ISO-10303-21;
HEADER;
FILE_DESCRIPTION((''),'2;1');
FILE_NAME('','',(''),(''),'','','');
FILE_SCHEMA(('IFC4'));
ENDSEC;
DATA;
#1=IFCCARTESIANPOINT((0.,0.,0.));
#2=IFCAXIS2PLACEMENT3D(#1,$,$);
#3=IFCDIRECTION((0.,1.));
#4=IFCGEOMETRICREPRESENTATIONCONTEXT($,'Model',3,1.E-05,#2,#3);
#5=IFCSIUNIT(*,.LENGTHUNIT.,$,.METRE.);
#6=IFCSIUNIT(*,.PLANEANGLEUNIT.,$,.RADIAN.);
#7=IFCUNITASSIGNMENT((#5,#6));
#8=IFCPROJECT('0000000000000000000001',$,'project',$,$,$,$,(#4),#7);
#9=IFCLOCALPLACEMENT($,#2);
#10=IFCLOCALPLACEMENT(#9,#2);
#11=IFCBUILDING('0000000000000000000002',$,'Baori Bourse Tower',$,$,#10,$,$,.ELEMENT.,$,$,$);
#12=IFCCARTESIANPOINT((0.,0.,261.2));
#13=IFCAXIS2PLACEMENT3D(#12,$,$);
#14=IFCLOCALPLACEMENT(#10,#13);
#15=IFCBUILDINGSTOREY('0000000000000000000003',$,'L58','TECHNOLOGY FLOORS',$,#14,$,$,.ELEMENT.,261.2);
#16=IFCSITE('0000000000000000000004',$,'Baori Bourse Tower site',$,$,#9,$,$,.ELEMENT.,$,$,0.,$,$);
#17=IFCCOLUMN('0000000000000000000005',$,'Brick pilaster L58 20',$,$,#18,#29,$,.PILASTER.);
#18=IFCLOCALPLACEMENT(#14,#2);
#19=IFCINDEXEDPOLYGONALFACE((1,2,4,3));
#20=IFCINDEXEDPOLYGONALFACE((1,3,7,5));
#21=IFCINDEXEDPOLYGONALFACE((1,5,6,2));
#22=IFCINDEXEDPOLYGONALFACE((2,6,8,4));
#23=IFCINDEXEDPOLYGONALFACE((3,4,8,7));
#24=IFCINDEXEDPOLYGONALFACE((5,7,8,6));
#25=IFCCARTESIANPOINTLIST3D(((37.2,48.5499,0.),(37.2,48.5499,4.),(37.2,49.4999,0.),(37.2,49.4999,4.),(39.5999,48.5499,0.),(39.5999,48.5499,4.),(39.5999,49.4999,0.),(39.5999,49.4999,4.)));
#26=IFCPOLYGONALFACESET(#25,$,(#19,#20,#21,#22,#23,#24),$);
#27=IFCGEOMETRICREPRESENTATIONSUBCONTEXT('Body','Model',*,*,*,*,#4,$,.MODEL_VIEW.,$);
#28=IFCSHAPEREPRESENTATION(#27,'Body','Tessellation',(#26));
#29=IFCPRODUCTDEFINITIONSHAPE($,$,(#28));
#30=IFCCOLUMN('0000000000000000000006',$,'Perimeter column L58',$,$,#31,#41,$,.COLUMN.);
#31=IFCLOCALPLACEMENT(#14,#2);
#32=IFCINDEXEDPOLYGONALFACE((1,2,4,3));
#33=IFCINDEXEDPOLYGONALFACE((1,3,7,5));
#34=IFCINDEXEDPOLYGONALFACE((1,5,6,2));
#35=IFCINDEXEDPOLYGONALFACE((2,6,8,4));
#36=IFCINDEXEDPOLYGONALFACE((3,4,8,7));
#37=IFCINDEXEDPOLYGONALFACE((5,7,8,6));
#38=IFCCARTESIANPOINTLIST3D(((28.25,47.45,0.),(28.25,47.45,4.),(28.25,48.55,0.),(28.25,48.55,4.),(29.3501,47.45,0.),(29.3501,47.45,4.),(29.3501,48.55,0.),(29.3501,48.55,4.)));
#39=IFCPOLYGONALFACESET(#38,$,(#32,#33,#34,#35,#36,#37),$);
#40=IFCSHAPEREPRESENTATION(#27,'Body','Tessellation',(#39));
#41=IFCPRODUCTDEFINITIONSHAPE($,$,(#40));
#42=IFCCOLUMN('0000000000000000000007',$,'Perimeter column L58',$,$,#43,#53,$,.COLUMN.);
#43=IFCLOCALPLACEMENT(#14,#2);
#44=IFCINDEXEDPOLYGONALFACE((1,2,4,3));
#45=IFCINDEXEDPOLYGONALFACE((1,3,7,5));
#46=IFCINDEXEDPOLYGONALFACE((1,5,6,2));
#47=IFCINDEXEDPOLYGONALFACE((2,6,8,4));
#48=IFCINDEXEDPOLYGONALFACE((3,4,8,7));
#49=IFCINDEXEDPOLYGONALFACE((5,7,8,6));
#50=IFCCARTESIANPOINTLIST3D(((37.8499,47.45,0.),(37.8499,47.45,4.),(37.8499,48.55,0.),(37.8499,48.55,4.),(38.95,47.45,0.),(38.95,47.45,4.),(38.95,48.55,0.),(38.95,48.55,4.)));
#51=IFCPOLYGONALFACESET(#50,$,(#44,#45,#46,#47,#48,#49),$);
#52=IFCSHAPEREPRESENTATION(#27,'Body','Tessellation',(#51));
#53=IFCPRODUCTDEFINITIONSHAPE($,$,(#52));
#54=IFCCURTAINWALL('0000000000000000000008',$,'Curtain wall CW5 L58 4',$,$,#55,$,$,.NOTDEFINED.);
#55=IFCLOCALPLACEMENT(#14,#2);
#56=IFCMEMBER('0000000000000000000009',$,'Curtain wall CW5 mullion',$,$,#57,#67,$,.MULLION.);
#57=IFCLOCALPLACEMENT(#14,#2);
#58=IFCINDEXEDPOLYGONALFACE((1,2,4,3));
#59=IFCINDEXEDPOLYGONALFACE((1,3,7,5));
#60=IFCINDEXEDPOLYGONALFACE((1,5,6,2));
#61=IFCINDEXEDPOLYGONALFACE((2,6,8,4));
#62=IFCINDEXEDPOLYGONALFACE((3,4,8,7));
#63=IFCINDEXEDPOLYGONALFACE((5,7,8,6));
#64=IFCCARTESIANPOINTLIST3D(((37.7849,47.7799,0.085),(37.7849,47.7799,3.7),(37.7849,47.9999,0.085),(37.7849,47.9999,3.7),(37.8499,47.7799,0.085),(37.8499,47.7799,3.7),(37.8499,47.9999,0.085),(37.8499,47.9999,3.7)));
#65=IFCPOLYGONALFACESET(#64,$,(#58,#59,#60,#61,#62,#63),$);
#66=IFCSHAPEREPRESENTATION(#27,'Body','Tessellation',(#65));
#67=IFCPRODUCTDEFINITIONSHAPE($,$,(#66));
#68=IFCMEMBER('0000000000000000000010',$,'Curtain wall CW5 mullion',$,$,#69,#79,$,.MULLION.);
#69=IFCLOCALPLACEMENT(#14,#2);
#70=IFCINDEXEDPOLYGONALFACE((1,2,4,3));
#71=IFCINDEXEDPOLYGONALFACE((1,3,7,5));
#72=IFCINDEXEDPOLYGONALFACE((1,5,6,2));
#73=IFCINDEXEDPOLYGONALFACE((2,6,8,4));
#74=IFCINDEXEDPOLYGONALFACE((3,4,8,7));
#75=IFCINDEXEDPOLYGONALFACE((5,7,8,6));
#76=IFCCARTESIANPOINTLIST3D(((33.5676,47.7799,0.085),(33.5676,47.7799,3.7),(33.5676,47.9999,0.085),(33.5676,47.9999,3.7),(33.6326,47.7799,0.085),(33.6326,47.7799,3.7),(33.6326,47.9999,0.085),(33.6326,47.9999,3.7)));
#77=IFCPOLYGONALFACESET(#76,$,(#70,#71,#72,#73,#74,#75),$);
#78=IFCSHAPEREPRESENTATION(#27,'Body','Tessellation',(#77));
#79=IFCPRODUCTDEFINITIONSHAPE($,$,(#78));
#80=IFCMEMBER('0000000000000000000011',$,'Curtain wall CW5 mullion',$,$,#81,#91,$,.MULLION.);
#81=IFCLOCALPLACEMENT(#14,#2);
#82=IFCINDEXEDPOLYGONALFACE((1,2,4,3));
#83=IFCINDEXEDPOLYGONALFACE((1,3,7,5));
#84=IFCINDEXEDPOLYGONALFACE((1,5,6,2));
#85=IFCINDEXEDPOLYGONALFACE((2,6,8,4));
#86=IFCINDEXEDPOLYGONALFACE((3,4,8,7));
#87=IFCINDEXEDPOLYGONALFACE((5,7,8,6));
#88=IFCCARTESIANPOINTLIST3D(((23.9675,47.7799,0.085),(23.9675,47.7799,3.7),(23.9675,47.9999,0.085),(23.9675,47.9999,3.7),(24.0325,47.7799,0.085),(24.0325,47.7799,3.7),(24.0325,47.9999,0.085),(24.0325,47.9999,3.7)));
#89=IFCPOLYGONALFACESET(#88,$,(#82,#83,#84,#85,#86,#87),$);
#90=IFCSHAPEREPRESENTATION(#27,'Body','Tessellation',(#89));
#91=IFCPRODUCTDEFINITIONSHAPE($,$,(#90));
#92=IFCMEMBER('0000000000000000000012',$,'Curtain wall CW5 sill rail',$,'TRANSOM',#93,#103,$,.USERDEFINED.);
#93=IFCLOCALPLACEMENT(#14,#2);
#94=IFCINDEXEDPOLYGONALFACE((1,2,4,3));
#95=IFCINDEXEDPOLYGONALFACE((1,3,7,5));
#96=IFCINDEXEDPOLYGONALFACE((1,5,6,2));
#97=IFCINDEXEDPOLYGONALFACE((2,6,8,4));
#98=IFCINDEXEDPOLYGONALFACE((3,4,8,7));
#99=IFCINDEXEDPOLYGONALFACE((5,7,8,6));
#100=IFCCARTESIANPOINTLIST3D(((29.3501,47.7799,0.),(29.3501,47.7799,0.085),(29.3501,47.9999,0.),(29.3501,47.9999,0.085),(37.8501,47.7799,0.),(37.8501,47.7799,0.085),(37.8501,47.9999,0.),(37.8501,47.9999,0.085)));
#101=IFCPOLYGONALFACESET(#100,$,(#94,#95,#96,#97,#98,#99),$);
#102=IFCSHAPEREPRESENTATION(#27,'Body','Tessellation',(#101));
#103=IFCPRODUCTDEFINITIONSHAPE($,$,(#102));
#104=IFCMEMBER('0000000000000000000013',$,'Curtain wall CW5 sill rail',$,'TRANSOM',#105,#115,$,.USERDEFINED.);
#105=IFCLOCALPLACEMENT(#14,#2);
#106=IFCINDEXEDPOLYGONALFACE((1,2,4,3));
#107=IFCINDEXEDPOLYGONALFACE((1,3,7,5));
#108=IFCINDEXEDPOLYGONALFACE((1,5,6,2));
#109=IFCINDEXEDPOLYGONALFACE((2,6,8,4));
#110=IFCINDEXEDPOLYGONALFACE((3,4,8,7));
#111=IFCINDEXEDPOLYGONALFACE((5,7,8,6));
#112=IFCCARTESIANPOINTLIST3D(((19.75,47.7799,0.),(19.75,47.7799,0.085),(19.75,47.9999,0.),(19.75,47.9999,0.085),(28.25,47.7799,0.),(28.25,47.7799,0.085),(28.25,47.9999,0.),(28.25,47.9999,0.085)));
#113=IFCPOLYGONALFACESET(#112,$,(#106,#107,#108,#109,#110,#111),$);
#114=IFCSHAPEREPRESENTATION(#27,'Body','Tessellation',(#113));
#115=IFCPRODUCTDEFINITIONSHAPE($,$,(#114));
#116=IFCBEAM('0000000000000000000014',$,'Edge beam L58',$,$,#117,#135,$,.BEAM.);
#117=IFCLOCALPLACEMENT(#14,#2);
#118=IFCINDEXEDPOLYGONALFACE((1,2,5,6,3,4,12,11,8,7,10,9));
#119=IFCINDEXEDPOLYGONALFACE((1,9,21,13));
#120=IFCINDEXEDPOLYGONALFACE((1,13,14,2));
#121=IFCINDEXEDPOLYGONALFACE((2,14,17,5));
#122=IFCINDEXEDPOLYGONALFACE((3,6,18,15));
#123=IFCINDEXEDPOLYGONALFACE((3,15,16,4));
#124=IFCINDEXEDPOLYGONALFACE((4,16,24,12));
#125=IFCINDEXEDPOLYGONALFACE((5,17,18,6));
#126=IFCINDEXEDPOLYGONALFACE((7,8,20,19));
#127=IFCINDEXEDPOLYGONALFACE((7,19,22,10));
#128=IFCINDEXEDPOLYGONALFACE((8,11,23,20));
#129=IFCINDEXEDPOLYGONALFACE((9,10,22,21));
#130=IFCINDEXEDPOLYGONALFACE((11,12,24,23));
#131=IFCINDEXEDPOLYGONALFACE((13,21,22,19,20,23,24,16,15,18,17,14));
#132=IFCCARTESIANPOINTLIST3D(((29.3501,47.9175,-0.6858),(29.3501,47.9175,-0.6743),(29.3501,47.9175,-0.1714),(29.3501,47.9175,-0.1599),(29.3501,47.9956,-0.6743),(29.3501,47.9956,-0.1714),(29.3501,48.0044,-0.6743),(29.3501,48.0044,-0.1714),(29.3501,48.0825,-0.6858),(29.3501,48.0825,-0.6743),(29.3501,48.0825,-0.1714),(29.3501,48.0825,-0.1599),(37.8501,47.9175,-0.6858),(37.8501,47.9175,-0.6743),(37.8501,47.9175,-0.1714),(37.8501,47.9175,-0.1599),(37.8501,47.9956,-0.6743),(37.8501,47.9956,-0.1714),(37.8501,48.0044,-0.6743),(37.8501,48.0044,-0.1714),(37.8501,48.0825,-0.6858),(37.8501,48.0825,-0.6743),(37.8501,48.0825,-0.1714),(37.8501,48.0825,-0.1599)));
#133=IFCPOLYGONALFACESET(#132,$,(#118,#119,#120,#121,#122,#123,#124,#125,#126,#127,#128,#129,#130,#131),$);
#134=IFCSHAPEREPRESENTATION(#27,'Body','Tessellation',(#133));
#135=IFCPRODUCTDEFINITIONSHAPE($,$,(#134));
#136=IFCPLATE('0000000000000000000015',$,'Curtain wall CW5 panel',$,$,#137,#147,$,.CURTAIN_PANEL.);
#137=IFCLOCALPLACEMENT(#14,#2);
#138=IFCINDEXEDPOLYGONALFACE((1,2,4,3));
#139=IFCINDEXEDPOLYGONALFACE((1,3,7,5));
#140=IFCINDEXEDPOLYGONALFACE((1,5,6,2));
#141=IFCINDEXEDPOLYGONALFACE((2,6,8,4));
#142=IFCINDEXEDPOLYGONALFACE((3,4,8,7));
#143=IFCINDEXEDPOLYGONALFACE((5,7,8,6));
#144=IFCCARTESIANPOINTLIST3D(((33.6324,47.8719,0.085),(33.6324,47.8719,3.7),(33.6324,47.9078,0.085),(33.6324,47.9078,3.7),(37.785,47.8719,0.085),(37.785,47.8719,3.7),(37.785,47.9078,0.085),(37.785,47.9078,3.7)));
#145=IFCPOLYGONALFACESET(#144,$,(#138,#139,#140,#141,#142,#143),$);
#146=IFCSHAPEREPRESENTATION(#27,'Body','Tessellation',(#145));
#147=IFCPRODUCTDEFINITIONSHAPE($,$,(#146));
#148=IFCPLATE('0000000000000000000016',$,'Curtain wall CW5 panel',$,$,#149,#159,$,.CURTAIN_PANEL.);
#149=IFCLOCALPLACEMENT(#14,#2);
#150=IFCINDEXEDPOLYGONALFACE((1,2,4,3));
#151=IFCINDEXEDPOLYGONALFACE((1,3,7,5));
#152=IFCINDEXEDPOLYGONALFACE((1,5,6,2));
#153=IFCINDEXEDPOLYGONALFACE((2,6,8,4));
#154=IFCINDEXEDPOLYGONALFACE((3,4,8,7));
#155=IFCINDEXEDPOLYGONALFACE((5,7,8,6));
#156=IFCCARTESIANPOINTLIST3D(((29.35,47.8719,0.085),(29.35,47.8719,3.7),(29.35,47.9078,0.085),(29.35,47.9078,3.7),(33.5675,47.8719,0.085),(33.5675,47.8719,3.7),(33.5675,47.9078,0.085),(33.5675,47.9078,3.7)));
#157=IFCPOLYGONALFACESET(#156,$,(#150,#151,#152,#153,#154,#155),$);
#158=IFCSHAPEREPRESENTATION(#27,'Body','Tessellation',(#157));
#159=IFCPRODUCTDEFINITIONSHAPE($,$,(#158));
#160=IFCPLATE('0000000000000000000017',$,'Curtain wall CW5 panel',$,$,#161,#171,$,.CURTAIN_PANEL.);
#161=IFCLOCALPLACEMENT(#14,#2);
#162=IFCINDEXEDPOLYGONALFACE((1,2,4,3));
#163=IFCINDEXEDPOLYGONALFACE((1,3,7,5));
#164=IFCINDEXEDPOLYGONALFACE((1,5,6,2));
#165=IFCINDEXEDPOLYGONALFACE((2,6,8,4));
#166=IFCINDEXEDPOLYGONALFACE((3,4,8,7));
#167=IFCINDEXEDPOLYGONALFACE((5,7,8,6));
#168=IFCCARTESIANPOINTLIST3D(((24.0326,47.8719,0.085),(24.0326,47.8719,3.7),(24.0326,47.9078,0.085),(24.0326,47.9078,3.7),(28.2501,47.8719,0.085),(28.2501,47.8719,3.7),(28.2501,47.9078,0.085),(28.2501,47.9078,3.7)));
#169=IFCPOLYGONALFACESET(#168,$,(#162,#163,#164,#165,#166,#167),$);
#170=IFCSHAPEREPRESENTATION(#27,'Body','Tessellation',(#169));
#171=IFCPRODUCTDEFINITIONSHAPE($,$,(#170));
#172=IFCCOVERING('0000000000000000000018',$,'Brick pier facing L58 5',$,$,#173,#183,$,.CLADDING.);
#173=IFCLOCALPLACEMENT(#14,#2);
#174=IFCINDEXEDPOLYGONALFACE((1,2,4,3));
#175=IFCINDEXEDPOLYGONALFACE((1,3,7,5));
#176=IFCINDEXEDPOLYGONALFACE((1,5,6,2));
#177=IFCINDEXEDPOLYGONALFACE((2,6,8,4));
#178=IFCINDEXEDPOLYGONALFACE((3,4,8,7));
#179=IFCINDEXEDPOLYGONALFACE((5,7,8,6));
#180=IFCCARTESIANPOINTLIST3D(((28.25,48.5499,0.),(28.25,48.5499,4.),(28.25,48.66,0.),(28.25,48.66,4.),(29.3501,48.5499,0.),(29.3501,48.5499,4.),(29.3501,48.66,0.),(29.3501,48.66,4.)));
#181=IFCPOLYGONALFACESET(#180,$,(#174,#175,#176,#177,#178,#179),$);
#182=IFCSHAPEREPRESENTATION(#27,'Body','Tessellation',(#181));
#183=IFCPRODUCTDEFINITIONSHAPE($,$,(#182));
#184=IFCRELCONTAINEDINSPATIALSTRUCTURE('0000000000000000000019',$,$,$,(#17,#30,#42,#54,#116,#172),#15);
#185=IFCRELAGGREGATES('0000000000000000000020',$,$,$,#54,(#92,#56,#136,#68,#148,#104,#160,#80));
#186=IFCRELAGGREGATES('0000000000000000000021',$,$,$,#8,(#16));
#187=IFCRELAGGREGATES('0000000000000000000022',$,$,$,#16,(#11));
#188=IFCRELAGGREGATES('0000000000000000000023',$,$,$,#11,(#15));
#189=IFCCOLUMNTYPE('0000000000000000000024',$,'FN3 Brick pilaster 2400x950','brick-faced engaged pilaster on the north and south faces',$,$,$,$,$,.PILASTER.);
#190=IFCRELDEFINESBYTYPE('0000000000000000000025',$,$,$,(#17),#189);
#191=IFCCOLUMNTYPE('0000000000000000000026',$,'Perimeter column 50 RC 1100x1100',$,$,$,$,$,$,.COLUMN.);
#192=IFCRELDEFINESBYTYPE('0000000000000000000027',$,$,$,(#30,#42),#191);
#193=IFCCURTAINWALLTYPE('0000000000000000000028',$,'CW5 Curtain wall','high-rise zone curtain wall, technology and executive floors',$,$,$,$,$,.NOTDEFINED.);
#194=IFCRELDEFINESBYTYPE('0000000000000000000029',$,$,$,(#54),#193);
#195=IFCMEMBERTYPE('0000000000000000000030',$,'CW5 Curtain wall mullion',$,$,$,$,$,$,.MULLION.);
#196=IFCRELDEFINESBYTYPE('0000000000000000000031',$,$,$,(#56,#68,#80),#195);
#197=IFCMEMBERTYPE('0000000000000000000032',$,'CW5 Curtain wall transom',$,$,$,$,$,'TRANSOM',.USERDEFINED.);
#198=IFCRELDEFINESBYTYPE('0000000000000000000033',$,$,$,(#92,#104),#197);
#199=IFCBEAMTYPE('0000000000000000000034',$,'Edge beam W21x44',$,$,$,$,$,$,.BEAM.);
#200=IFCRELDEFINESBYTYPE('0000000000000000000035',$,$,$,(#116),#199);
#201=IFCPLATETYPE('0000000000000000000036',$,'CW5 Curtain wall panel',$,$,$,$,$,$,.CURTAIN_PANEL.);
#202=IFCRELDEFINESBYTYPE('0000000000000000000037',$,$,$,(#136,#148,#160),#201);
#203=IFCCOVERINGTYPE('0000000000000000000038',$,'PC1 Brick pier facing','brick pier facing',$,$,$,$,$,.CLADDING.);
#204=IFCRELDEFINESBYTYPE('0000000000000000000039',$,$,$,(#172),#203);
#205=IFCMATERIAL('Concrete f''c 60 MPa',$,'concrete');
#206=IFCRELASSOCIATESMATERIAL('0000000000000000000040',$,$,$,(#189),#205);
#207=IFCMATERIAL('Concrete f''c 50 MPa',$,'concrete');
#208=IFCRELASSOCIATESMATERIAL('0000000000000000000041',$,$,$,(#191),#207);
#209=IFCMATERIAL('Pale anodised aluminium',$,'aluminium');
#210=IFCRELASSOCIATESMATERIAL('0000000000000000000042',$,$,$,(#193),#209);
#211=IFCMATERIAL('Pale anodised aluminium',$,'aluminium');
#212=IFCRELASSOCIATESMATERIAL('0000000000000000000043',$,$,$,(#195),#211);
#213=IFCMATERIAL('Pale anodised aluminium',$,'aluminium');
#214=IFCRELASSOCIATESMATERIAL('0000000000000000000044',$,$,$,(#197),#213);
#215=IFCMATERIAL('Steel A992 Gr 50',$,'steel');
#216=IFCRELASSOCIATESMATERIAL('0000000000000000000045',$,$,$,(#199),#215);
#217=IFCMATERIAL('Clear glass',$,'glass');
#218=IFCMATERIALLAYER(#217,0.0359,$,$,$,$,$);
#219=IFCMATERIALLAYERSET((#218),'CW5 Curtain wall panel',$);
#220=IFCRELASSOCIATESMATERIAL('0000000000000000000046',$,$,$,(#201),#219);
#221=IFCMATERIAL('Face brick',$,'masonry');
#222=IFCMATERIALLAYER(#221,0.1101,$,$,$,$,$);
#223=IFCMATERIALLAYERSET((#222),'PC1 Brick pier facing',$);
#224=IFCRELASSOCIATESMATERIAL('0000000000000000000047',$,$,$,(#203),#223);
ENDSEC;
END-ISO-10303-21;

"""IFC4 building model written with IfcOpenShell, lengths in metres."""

from ifc_helpers import new_model, si_unit, direction, frame, origin, origin_2d, place, context, subcontext, project, spatial, rectangle, i_section, extrude, material, layer, layer_set, material_profile, profile_set, type_object, element, aggregate, save


model = new_model("IFC4")

# Units and contexts
model_context = context("Model", 3, precision=1e-05, world=origin(), true_north=direction((0.0, 1.0)))
body_context = subcontext(model_context, "Body", "Model", "MODEL_VIEW")
ifc_project = project(units=[si_unit("LENGTHUNIT", "METRE"), si_unit("PLANEANGLEUNIT", "RADIAN")], contexts=[model_context])

# Site, building, storey
site_placement = place(None, origin())
site = spatial("IfcSite", under=ifc_project, at=site_placement, Name="Baori Bourse Tower site", CompositionType="ELEMENT", RefElevation=0.0)
building_placement = place(site_placement, origin())
building = spatial("IfcBuilding", under=site, at=building_placement, Name="Baori Bourse Tower", CompositionType="ELEMENT")
storey_placement = place(building_placement, frame((0.0, 0.0, 261.2)))
storey = spatial("IfcBuildingStorey", under=building, at=storey_placement, Name="L58", Description="TECHNOLOGY FLOORS", CompositionType="ELEMENT", Elevation=261.2)

# Columns
ifc_material_1 = material(Name="Concrete f'c 60 MPa", Category="concrete")
ifc_material_profile_1 = material_profile(ifc_material_1, rectangle(XDim=2.3999, YDim=0.95, at=origin_2d()), Name="RC 2400x950")
ifc_profile_set_1 = profile_set([ifc_material_profile_1], Name="Concrete f'c 60 MPa")
column_type_1 = type_object("IfcColumnType", Name="FN3 Brick pilaster 2400x950", Description="brick-faced engaged pilaster on the north and south faces", PredefinedType="PILASTER", material=ifc_profile_set_1)
column_placement = place(storey_placement, frame((38.3999, 49.0249, 0.0), z_axis=(0.0, 0.0, 1.0), x_axis=(1.0, 0.0, 0.0)))
element("IfcColumn", 1, at=column_placement, inside=storey, type_object=column_type_1, Name="Brick pilaster L58 20", PredefinedType="PILASTER", context=body_context, shape_type="SweptSolid", body=[
    extrude(rectangle(XDim=2.3999, YDim=0.95, at=origin_2d()), origin(), (0.0, 0.0, 1.0), 4.0),
])
ifc_material_2 = material(Name="Concrete f'c 50 MPa", Category="concrete")
ifc_material_profile_2 = material_profile(ifc_material_2, rectangle(XDim=1.1001, YDim=1.1001, at=origin_2d()), Name="RC 1100x1100")
ifc_profile_set_2 = profile_set([ifc_material_profile_2], Name="Concrete f'c 50 MPa")
column_type_2 = type_object("IfcColumnType", Name="Perimeter column 50 RC 1100x1100", PredefinedType="COLUMN", material=ifc_profile_set_2)
for number, where, z_axis, x_axis, name in (
    (2, (28.8, 48.0, 0.0), (0.0, 0.0, 1.0), (1.0, 0.0, 0.0), "Perimeter column L58"),
    (3, (38.3999, 48.0, 0.0), (0.0, 0.0, 1.0), (1.0, 0.0, 0.0), "Perimeter column L58"),
):
    element("IfcColumn", number, at=place(storey_placement, frame(where, z_axis=z_axis, x_axis=x_axis)), inside=storey, type_object=column_type_2, Name=name, PredefinedType="COLUMN", context=body_context, shape_type="SweptSolid", body=[
        extrude(rectangle(XDim=1.1001, YDim=1.1001, at=origin_2d()), origin(), (0.0, 0.0, 1.0), 4.0),
    ])

# Curtain wall, members
ifc_material_3 = material(Name="Pale anodised aluminium", Category="aluminium")
curtain_wall_type = type_object("IfcCurtainWallType", Name="CW5 Curtain wall", Description="high-rise zone curtain wall, technology and executive floors", PredefinedType="NOTDEFINED", material=ifc_material_3)
curtain_wall_placement = place(storey_placement, origin())
curtain_wall = element("IfcCurtainWall", 4, at=curtain_wall_placement, inside=storey, type_object=curtain_wall_type, Name="Curtain wall CW5 L58 4", PredefinedType="NOTDEFINED")
ifc_material_4 = material(Name="Pale anodised aluminium", Category="aluminium")
ifc_material_profile_3 = material_profile(ifc_material_4, rectangle(XDim=0.22, YDim=0.0649, at=origin_2d()), Name="Mullion 65x220")
ifc_profile_set_3 = profile_set([ifc_material_profile_3], Name="Pale anodised aluminium")
member_type_1 = type_object("IfcMemberType", Name="CW5 Curtain wall mullion", PredefinedType="MULLION", material=ifc_profile_set_3)
member_1_placement = place(storey_placement, frame((37.8174, 47.8899, 0.085), z_axis=(0.0, 0.0, 1.0), x_axis=(0.0, -1.0, 0.0)))
member_1 = element("IfcMember", 5, at=member_1_placement, type_object=member_type_1, Name="Curtain wall CW5 mullion", PredefinedType="MULLION", context=body_context, shape_type="SweptSolid", body=[
    extrude(rectangle(XDim=0.22, YDim=0.0649, at=origin_2d()), origin(), (0.0, 0.0, 1.0), 3.615),
])
member_2_placement = place(storey_placement, frame((33.6001, 47.8899, 0.085), z_axis=(0.0, 0.0, 1.0), x_axis=(0.0, -1.0, 0.0)))
member_2 = element("IfcMember", 6, at=member_2_placement, type_object=member_type_1, Name="Curtain wall CW5 mullion", PredefinedType="MULLION", context=body_context, shape_type="SweptSolid", body=[
    extrude(rectangle(XDim=0.22, YDim=0.0649, at=origin_2d()), origin(), (0.0, 0.0, 1.0), 3.615),
])
member_3_placement = place(storey_placement, frame((24.0, 47.8899, 0.085), z_axis=(0.0, 0.0, 1.0), x_axis=(0.0, -1.0, 0.0)))
member_3 = element("IfcMember", 7, at=member_3_placement, type_object=member_type_1, Name="Curtain wall CW5 mullion", PredefinedType="MULLION", context=body_context, shape_type="SweptSolid", body=[
    extrude(rectangle(XDim=0.22, YDim=0.0649, at=origin_2d()), origin(), (0.0, 0.0, 1.0), 3.615),
])
ifc_material_5 = material(Name="Pale anodised aluminium", Category="aluminium")
ifc_material_profile_4 = material_profile(ifc_material_5, rectangle(XDim=0.22, YDim=0.085, at=origin_2d()), Name="Transom 85x220")
ifc_profile_set_4 = profile_set([ifc_material_profile_4], Name="Pale anodised aluminium")
member_type_2 = type_object("IfcMemberType", Name="CW5 Curtain wall transom", ElementType="TRANSOM", PredefinedType="USERDEFINED", material=ifc_profile_set_4)
member_4_placement = place(storey_placement, frame((37.8501, 47.8899, 0.0425), z_axis=(-1.0, 0.0, 0.0), x_axis=(0.0, -1.0, 0.0)))
member_4 = element("IfcMember", 8, at=member_4_placement, type_object=member_type_2, Name="Curtain wall CW5 sill rail", ObjectType="TRANSOM", PredefinedType="USERDEFINED", context=body_context, shape_type="SweptSolid", body=[
    extrude(rectangle(XDim=0.22, YDim=0.085, at=origin_2d()), origin(), (0.0, 0.0, 1.0), 8.5),
])
member_5_placement = place(storey_placement, frame((28.25, 47.8899, 0.0425), z_axis=(-1.0, 0.0, 0.0), x_axis=(0.0, -1.0, 0.0)))
member_5 = element("IfcMember", 9, at=member_5_placement, type_object=member_type_2, Name="Curtain wall CW5 sill rail", ObjectType="TRANSOM", PredefinedType="USERDEFINED", context=body_context, shape_type="SweptSolid", body=[
    extrude(rectangle(XDim=0.22, YDim=0.085, at=origin_2d()), origin(), (0.0, 0.0, 1.0), 8.5),
])

# Beam
ifc_material_6 = material(Name="Steel A992 Gr 50", Category="steel")
ifc_material_profile_5 = material_profile(ifc_material_6, i_section(OverallWidth=0.165, OverallDepth=0.5259, WebThickness=0.0088, FlangeThickness=0.0115, at=origin_2d()), Name="W21x44")
ifc_profile_set_5 = profile_set([ifc_material_profile_5], Name="Steel A992 Gr 50")
beam_type = type_object("IfcBeamType", Name="Edge beam W21x44", PredefinedType="BEAM", material=ifc_profile_set_5)
beam_placement = place(storey_placement, frame((29.3501, 48.0, -0.4229), z_axis=(1.0, 0.0, 0.0), x_axis=(0.0, 1.0, 0.0)))
element("IfcBeam", 10, at=beam_placement, inside=storey, type_object=beam_type, Name="Edge beam L58", PredefinedType="BEAM", context=body_context, shape_type="SweptSolid", body=[
    extrude(i_section(OverallWidth=0.165, OverallDepth=0.5259, WebThickness=0.0088, FlangeThickness=0.0115, at=origin_2d()), origin(), (0.0, 0.0, 1.0), 8.5),
])

# Plates
ifc_material_7 = material(Name="Clear glass", Category="glass")
ifc_layer_1 = layer(ifc_material_7, 0.0359)
ifc_layer_set_1 = layer_set([ifc_layer_1], Name="CW5 Curtain wall panel")
plate_type = type_object("IfcPlateType", Name="CW5 Curtain wall panel", PredefinedType="CURTAIN_PANEL", material=ifc_layer_set_1)
plate_1_placement = place(storey_placement, frame((35.7087, 47.8899, 0.085), z_axis=(0.0, 0.0, 1.0), x_axis=(-1.0, 0.0, 0.0)))
plate_1 = element("IfcPlate", 11, at=plate_1_placement, type_object=plate_type, Name="Curtain wall CW5 panel", PredefinedType="CURTAIN_PANEL", context=body_context, shape_type="SweptSolid", body=[
    extrude(rectangle(XDim=4.1526, YDim=0.0359, at=origin_2d()), origin(), (0.0, 0.0, 1.0), 3.615),
])
plate_2_placement = place(storey_placement, frame((31.4587, 47.8899, 0.085), z_axis=(0.0, 0.0, 1.0), x_axis=(-1.0, 0.0, 0.0)))
plate_2 = element("IfcPlate", 12, at=plate_2_placement, type_object=plate_type, Name="Curtain wall CW5 panel", PredefinedType="CURTAIN_PANEL", context=body_context, shape_type="SweptSolid", body=[
    extrude(rectangle(XDim=4.2175, YDim=0.0359, at=origin_2d()), origin(), (0.0, 0.0, 1.0), 3.615),
])
plate_3_placement = place(storey_placement, frame((26.1414, 47.8899, 0.085), z_axis=(0.0, 0.0, 1.0), x_axis=(-1.0, 0.0, 0.0)))
plate_3 = element("IfcPlate", 13, at=plate_3_placement, type_object=plate_type, Name="Curtain wall CW5 panel", PredefinedType="CURTAIN_PANEL", context=body_context, shape_type="SweptSolid", body=[
    extrude(rectangle(XDim=4.2175, YDim=0.0359, at=origin_2d()), origin(), (0.0, 0.0, 1.0), 3.615),
])
aggregate(curtain_wall, [member_4, member_1, plate_1, member_2, plate_2, member_5, plate_3, member_3])

# Covering
ifc_material_8 = material(Name="Face brick", Category="masonry")
ifc_layer_2 = layer(ifc_material_8, 0.1101)
ifc_layer_set_2 = layer_set([ifc_layer_2], Name="PC1 Brick pier facing")
covering_type = type_object("IfcCoveringType", Name="PC1 Brick pier facing", Description="brick pier facing", PredefinedType="CLADDING", material=ifc_layer_set_2)
covering_placement = place(storey_placement, frame((28.8, 48.605, 0.0), z_axis=(0.0, 0.0, 1.0), x_axis=(1.0, 0.0, 0.0)))
element("IfcCovering", 14, at=covering_placement, inside=storey, type_object=covering_type, Name="Brick pier facing L58 5", PredefinedType="CLADDING", context=body_context, shape_type="SweptSolid", body=[
    extrude(rectangle(XDim=1.1001, YDim=0.1101, at=origin_2d()), origin(), (0.0, 0.0, 1.0), 4.0),
])

save(model, "model.ifc")
